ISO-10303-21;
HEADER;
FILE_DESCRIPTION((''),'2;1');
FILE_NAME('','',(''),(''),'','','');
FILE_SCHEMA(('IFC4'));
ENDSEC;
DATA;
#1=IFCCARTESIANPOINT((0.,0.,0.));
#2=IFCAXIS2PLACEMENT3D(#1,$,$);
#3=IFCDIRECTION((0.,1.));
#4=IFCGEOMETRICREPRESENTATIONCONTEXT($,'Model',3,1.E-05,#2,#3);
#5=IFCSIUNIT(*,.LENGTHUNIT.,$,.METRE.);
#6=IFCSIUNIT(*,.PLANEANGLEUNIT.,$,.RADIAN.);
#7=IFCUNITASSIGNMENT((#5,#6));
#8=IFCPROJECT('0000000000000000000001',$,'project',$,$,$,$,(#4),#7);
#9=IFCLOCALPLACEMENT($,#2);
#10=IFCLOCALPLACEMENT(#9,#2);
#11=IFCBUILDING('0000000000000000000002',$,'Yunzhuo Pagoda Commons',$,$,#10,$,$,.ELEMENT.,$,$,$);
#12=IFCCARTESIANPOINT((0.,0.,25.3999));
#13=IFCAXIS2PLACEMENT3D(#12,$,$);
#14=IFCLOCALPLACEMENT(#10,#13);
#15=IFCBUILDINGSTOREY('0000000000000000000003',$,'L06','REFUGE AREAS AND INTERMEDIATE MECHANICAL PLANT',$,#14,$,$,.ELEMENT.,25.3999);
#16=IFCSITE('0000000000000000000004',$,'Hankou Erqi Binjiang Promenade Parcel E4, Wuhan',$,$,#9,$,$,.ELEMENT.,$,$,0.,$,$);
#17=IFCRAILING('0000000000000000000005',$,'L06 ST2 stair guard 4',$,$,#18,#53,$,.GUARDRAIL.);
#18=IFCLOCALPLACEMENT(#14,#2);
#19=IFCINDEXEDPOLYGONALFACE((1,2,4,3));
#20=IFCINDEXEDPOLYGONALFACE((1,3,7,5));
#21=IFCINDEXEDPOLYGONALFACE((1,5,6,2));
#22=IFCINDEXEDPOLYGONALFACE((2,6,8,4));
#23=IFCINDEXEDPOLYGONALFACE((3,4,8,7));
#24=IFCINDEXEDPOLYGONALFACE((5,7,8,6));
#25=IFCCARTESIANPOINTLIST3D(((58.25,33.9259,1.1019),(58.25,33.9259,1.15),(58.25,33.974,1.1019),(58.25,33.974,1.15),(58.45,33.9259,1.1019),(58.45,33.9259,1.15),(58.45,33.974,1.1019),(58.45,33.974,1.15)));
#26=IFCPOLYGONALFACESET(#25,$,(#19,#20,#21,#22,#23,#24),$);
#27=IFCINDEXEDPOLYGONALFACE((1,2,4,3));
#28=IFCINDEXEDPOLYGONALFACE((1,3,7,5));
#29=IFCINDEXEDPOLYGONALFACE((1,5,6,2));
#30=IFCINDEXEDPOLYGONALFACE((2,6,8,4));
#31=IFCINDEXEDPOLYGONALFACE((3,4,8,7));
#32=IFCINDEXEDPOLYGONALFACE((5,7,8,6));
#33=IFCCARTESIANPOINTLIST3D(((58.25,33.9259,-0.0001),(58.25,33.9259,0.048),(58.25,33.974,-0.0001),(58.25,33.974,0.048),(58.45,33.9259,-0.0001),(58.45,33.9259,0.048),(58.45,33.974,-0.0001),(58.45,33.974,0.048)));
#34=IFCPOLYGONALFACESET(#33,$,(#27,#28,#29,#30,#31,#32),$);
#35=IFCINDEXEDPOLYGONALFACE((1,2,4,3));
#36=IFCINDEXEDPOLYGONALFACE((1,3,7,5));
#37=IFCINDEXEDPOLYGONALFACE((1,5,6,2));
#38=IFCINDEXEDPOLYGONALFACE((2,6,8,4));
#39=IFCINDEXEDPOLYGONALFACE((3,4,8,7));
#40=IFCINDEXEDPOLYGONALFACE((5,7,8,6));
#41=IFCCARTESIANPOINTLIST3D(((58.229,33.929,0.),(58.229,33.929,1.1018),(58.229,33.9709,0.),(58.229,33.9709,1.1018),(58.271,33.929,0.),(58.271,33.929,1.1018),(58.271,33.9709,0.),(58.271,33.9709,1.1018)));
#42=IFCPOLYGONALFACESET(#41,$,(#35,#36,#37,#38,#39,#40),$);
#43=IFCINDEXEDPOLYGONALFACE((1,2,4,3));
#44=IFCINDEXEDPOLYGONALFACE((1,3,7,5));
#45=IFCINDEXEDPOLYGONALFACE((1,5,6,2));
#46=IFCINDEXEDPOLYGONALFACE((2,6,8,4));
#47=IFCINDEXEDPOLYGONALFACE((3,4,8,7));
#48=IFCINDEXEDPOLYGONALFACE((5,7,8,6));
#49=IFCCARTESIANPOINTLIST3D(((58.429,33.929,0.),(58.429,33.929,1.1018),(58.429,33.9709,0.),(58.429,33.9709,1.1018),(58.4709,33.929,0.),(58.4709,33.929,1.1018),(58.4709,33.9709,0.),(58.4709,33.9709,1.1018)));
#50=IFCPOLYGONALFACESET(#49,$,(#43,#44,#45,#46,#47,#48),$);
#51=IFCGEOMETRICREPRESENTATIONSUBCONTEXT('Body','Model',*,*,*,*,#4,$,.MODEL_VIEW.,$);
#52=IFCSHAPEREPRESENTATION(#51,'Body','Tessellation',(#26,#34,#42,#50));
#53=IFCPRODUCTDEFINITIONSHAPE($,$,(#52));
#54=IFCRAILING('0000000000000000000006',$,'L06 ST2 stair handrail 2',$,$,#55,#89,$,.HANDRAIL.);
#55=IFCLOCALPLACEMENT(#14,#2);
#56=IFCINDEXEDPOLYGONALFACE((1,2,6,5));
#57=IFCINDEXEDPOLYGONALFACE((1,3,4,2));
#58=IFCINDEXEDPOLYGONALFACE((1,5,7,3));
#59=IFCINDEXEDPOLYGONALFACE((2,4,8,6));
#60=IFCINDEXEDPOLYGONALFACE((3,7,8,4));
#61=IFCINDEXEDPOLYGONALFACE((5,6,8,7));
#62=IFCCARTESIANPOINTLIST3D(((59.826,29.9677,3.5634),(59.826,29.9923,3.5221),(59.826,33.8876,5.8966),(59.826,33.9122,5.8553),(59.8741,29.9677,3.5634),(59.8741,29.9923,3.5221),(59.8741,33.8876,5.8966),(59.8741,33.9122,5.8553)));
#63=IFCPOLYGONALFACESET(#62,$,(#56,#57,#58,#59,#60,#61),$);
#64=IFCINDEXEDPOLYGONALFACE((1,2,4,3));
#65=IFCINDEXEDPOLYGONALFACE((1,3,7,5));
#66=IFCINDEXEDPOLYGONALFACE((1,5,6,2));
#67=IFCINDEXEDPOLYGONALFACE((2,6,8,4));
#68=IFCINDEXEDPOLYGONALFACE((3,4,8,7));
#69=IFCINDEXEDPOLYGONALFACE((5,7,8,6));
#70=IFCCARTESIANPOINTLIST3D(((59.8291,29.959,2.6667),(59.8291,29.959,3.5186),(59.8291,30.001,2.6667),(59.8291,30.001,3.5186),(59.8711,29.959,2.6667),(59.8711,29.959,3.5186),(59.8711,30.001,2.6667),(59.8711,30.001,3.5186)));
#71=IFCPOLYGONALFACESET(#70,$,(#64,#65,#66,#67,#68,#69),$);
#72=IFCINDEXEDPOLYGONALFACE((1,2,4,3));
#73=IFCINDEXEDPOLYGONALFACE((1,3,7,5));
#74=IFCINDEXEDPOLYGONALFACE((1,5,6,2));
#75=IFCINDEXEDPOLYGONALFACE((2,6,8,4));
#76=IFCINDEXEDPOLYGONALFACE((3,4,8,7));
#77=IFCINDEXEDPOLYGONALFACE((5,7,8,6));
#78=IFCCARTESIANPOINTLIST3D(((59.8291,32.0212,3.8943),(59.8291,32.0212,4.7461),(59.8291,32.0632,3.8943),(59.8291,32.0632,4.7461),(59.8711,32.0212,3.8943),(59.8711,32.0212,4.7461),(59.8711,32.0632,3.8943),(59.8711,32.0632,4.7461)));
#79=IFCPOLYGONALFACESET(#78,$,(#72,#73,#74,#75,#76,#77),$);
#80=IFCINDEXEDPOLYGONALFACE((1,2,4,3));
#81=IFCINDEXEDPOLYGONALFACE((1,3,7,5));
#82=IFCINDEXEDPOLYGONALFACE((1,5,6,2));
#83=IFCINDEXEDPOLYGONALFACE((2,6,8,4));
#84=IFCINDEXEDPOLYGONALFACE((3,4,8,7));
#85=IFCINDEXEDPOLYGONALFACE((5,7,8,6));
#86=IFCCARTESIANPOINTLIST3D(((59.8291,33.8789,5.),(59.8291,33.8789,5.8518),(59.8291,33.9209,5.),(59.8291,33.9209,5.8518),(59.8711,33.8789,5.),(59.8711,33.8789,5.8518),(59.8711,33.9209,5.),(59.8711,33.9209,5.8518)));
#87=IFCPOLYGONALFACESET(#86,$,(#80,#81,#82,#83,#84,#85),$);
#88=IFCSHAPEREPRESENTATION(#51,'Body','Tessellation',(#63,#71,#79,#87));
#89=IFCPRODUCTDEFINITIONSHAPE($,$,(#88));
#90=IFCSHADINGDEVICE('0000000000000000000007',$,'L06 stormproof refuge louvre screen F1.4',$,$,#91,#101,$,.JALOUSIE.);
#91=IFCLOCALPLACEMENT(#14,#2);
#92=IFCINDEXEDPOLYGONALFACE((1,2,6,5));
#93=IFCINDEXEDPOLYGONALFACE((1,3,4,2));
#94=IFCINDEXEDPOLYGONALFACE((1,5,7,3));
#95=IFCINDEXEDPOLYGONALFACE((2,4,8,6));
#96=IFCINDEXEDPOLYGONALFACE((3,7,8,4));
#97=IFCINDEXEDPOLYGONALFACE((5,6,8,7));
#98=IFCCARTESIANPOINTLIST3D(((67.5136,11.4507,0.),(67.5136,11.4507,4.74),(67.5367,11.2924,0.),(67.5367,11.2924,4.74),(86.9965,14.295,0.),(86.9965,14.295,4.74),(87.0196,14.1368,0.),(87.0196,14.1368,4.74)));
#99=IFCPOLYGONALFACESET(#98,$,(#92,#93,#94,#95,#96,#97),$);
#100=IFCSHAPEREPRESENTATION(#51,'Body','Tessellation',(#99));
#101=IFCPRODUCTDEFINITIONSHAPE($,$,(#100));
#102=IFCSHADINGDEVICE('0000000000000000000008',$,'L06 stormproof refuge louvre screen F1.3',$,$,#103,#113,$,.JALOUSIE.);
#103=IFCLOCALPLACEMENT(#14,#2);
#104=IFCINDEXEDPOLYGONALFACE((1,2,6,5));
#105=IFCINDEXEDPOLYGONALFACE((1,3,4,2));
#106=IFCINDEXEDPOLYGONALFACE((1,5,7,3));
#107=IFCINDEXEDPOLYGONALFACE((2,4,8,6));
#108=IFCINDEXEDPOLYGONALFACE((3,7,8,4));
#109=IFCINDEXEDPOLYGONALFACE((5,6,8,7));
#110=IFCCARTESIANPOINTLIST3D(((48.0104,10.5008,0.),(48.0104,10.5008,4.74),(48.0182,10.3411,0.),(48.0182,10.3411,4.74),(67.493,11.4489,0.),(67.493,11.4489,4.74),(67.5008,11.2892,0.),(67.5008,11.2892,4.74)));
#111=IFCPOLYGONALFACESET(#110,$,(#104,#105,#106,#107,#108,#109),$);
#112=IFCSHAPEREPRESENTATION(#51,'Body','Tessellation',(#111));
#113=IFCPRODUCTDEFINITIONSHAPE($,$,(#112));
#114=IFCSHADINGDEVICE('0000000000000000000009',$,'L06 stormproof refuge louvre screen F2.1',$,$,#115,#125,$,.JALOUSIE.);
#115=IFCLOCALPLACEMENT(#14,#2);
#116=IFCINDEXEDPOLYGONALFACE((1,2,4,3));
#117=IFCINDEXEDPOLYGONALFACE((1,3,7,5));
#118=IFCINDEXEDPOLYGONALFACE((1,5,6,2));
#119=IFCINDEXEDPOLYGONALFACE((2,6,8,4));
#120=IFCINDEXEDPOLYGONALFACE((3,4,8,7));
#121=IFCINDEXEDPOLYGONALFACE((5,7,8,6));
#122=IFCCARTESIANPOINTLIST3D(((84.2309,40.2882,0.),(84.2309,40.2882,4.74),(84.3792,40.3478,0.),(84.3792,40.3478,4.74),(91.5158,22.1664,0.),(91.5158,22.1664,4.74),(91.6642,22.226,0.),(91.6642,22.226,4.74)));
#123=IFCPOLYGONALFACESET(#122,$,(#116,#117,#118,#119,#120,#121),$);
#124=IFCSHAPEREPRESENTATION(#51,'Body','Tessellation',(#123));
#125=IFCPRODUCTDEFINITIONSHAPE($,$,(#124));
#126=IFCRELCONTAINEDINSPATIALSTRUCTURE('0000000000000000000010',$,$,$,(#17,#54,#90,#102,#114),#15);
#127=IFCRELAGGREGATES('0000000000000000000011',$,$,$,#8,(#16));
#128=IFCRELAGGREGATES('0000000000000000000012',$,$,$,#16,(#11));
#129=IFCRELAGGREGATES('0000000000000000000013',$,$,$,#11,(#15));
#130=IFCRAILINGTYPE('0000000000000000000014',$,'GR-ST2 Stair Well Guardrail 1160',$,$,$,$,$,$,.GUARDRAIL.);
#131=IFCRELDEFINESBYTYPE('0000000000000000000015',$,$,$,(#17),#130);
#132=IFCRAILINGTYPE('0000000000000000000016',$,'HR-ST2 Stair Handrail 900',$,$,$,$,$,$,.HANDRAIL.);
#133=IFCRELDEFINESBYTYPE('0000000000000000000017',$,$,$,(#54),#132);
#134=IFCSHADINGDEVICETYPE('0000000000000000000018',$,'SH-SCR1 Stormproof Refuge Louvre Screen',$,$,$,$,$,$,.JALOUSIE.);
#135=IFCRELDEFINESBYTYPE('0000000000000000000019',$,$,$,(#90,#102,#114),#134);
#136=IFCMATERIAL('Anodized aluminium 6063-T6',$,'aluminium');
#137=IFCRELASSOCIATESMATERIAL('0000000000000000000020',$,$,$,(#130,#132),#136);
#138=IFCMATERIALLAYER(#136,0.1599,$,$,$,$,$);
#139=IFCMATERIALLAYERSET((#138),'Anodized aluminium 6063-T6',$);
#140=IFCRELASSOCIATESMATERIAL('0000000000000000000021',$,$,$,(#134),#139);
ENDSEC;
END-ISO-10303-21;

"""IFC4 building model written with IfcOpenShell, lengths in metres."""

from ifc_helpers import new_model, si_unit, direction, frame, origin, origin_2d, place, context, subcontext, project, spatial, rectangle, extrude, source, transform, mapped, material, layer, layer_set, type_object, element, save


model = new_model("IFC4")

# Units and contexts
model_context = context("Model", 3, precision=1e-05, world=origin(), true_north=direction((0.0, 1.0)))
body_context = subcontext(model_context, "Body", "Model", "MODEL_VIEW")
ifc_project = project(units=[si_unit("LENGTHUNIT", "METRE"), si_unit("PLANEANGLEUNIT", "RADIAN")], contexts=[model_context])

# Site, building, storey
site_placement = place(None, origin())
site = spatial("IfcSite", under=ifc_project, at=site_placement, Name="Hankou Erqi Binjiang Promenade Parcel E4, Wuhan", CompositionType="ELEMENT", RefElevation=0.0)
building_placement = place(site_placement, origin())
building = spatial("IfcBuilding", under=site, at=building_placement, Name="Yunzhuo Pagoda Commons", CompositionType="ELEMENT")
storey_placement = place(building_placement, frame((0.0, 0.0, 25.3999)))
storey = spatial("IfcBuildingStorey", under=building, at=storey_placement, Name="L06", Description="REFUGE AREAS AND INTERMEDIATE MECHANICAL PLANT", CompositionType="ELEMENT", Elevation=25.3999)

# Railings
ifc_material_1 = material(Name="Anodized aluminium 6063-T6", Category="aluminium")
railing_type_1 = type_object("IfcRailingType", Name="GR-ST2 Stair Well Guardrail 1160", PredefinedType="GUARDRAIL", material=ifc_material_1)
railing_1_placement = place(storey_placement, frame((58.25, 33.95, 0.0)))
element("IfcRailing", 1, at=railing_1_placement, inside=storey, type_object=railing_type_1, Name="L06 ST2 stair guard 4", PredefinedType="GUARDRAIL", context=body_context, shape_type="SweptSolid", body=[
    extrude(rectangle(XDim=0.0481, YDim=0.0481, at=origin_2d()), frame((0.0, 0.0, 1.126), z_axis=(1.0, 0.0, 0.0), x_axis=(0.0, 1.0, 0.0)), (0.0, 0.0, 1.0), 0.2),
    extrude(rectangle(XDim=0.0481, YDim=0.0481, at=origin_2d()), frame((0.0, 0.0, 0.0239), z_axis=(1.0, 0.0, 0.0), x_axis=(0.0, 1.0, 0.0)), (0.0, 0.0, 1.0), 0.2),
    extrude(rectangle(XDim=0.042, YDim=0.042, at=origin_2d()), origin(), (0.0, 0.0, 1.0), 1.1018),
    extrude(rectangle(XDim=0.042, YDim=0.042, at=origin_2d()), frame((0.2, 0.0, 0.0)), (0.0, 0.0, 1.0), 1.1018),
])
railing_type_2 = type_object("IfcRailingType", Name="HR-ST2 Stair Handrail 900", PredefinedType="HANDRAIL", material=ifc_material_1)
railing_2_placement = place(storey_placement, frame((59.8501, 29.98, 2.6667)))
element("IfcRailing", 2, at=railing_2_placement, inside=storey, type_object=railing_type_2, Name="L06 ST2 stair handrail 2", PredefinedType="HANDRAIL", context=body_context, shape_type="SweptSolid", body=[
    extrude(rectangle(XDim=0.0481, YDim=0.0481, at=origin_2d()), frame((0.0, 0.0, 0.876), z_axis=(0.0, 0.859296, 0.511478), x_axis=(-1.0, 0.0, 0.0)), (0.0, 0.0, 1.0), 4.5618),
    extrude(rectangle(XDim=0.042, YDim=0.042, at=origin_2d()), origin(), (0.0, 0.0, 1.0), 0.8518),
    extrude(rectangle(XDim=0.042, YDim=0.042, at=origin_2d()), frame((0.0, 2.0623, 1.2275)), (0.0, 0.0, 1.0), 0.8518),
    extrude(rectangle(XDim=0.042, YDim=0.042, at=origin_2d()), frame((0.0, 3.9199, 2.3333)), (0.0, 0.0, 1.0), 0.8518),
])

# Shading devices
ifc_layer_1 = layer(ifc_material_1, 0.1599)
ifc_layer_set_1 = layer_set([ifc_layer_1], Name="Anodized aluminium 6063-T6")
shading_device_type = type_object("IfcShadingDeviceType", Name="SH-SCR1 Stormproof Refuge Louvre Screen", PredefinedType="JALOUSIE", material=ifc_layer_set_1)
shared_shape_1 = source(origin(), body_context, "Body", "SweptSolid", [
    extrude(rectangle(XDim=19.6895, YDim=0.1599, at=origin_2d()), origin(), (0.0, 0.0, 1.0), 4.74),
])
shading_device_1_placement = place(storey_placement, frame((77.2666, 12.7937, 0.0), z_axis=(0.0, 0.0, 1.0), x_axis=(0.989511, 0.14446, 0.0)))
element("IfcShadingDevice", 3, at=shading_device_1_placement, inside=storey, type_object=shading_device_type, Name="L06 stormproof refuge louvre screen F1.4", PredefinedType="JALOUSIE", context=body_context, shape_type="MappedRepresentation", body=[
    mapped(shared_shape_1, transform((0.0, 0.0, 0.0), scale=1.0)),
])
shared_shape_2 = source(origin(), body_context, "Body", "SweptSolid", [
    extrude(rectangle(XDim=19.5056, YDim=0.1599, at=origin_2d()), origin(), (0.0, 0.0, 1.0), 4.74),
])
shading_device_2_placement = place(storey_placement, frame((57.7556, 10.895, 0.0), z_axis=(0.0, 0.0, 1.0), x_axis=(0.998818, 0.048606, 0.0)))
element("IfcShadingDevice", 4, at=shading_device_2_placement, inside=storey, type_object=shading_device_type, Name="L06 stormproof refuge louvre screen F1.3", PredefinedType="JALOUSIE", context=body_context, shape_type="MappedRepresentation", body=[
    mapped(shared_shape_2, transform((0.0, 0.0, 0.0), scale=1.0)),
])
shared_shape_3 = source(origin(), body_context, "Body", "SweptSolid", [
    extrude(rectangle(XDim=19.5312, YDim=0.1599, at=origin_2d()), origin(), (0.0, 0.0, 1.0), 4.74),
])
shading_device_3_placement = place(storey_placement, frame((87.9475, 31.2571, 0.0), z_axis=(0.0, 0.0, 1.0), x_axis=(-0.372988, 0.927836, 0.0)))
element("IfcShadingDevice", 5, at=shading_device_3_placement, inside=storey, type_object=shading_device_type, Name="L06 stormproof refuge louvre screen F2.1", PredefinedType="JALOUSIE", context=body_context, shape_type="MappedRepresentation", body=[
    mapped(shared_shape_3, transform((0.0, 0.0, 0.0), scale=1.0)),
])

save(model, "model.ifc")
